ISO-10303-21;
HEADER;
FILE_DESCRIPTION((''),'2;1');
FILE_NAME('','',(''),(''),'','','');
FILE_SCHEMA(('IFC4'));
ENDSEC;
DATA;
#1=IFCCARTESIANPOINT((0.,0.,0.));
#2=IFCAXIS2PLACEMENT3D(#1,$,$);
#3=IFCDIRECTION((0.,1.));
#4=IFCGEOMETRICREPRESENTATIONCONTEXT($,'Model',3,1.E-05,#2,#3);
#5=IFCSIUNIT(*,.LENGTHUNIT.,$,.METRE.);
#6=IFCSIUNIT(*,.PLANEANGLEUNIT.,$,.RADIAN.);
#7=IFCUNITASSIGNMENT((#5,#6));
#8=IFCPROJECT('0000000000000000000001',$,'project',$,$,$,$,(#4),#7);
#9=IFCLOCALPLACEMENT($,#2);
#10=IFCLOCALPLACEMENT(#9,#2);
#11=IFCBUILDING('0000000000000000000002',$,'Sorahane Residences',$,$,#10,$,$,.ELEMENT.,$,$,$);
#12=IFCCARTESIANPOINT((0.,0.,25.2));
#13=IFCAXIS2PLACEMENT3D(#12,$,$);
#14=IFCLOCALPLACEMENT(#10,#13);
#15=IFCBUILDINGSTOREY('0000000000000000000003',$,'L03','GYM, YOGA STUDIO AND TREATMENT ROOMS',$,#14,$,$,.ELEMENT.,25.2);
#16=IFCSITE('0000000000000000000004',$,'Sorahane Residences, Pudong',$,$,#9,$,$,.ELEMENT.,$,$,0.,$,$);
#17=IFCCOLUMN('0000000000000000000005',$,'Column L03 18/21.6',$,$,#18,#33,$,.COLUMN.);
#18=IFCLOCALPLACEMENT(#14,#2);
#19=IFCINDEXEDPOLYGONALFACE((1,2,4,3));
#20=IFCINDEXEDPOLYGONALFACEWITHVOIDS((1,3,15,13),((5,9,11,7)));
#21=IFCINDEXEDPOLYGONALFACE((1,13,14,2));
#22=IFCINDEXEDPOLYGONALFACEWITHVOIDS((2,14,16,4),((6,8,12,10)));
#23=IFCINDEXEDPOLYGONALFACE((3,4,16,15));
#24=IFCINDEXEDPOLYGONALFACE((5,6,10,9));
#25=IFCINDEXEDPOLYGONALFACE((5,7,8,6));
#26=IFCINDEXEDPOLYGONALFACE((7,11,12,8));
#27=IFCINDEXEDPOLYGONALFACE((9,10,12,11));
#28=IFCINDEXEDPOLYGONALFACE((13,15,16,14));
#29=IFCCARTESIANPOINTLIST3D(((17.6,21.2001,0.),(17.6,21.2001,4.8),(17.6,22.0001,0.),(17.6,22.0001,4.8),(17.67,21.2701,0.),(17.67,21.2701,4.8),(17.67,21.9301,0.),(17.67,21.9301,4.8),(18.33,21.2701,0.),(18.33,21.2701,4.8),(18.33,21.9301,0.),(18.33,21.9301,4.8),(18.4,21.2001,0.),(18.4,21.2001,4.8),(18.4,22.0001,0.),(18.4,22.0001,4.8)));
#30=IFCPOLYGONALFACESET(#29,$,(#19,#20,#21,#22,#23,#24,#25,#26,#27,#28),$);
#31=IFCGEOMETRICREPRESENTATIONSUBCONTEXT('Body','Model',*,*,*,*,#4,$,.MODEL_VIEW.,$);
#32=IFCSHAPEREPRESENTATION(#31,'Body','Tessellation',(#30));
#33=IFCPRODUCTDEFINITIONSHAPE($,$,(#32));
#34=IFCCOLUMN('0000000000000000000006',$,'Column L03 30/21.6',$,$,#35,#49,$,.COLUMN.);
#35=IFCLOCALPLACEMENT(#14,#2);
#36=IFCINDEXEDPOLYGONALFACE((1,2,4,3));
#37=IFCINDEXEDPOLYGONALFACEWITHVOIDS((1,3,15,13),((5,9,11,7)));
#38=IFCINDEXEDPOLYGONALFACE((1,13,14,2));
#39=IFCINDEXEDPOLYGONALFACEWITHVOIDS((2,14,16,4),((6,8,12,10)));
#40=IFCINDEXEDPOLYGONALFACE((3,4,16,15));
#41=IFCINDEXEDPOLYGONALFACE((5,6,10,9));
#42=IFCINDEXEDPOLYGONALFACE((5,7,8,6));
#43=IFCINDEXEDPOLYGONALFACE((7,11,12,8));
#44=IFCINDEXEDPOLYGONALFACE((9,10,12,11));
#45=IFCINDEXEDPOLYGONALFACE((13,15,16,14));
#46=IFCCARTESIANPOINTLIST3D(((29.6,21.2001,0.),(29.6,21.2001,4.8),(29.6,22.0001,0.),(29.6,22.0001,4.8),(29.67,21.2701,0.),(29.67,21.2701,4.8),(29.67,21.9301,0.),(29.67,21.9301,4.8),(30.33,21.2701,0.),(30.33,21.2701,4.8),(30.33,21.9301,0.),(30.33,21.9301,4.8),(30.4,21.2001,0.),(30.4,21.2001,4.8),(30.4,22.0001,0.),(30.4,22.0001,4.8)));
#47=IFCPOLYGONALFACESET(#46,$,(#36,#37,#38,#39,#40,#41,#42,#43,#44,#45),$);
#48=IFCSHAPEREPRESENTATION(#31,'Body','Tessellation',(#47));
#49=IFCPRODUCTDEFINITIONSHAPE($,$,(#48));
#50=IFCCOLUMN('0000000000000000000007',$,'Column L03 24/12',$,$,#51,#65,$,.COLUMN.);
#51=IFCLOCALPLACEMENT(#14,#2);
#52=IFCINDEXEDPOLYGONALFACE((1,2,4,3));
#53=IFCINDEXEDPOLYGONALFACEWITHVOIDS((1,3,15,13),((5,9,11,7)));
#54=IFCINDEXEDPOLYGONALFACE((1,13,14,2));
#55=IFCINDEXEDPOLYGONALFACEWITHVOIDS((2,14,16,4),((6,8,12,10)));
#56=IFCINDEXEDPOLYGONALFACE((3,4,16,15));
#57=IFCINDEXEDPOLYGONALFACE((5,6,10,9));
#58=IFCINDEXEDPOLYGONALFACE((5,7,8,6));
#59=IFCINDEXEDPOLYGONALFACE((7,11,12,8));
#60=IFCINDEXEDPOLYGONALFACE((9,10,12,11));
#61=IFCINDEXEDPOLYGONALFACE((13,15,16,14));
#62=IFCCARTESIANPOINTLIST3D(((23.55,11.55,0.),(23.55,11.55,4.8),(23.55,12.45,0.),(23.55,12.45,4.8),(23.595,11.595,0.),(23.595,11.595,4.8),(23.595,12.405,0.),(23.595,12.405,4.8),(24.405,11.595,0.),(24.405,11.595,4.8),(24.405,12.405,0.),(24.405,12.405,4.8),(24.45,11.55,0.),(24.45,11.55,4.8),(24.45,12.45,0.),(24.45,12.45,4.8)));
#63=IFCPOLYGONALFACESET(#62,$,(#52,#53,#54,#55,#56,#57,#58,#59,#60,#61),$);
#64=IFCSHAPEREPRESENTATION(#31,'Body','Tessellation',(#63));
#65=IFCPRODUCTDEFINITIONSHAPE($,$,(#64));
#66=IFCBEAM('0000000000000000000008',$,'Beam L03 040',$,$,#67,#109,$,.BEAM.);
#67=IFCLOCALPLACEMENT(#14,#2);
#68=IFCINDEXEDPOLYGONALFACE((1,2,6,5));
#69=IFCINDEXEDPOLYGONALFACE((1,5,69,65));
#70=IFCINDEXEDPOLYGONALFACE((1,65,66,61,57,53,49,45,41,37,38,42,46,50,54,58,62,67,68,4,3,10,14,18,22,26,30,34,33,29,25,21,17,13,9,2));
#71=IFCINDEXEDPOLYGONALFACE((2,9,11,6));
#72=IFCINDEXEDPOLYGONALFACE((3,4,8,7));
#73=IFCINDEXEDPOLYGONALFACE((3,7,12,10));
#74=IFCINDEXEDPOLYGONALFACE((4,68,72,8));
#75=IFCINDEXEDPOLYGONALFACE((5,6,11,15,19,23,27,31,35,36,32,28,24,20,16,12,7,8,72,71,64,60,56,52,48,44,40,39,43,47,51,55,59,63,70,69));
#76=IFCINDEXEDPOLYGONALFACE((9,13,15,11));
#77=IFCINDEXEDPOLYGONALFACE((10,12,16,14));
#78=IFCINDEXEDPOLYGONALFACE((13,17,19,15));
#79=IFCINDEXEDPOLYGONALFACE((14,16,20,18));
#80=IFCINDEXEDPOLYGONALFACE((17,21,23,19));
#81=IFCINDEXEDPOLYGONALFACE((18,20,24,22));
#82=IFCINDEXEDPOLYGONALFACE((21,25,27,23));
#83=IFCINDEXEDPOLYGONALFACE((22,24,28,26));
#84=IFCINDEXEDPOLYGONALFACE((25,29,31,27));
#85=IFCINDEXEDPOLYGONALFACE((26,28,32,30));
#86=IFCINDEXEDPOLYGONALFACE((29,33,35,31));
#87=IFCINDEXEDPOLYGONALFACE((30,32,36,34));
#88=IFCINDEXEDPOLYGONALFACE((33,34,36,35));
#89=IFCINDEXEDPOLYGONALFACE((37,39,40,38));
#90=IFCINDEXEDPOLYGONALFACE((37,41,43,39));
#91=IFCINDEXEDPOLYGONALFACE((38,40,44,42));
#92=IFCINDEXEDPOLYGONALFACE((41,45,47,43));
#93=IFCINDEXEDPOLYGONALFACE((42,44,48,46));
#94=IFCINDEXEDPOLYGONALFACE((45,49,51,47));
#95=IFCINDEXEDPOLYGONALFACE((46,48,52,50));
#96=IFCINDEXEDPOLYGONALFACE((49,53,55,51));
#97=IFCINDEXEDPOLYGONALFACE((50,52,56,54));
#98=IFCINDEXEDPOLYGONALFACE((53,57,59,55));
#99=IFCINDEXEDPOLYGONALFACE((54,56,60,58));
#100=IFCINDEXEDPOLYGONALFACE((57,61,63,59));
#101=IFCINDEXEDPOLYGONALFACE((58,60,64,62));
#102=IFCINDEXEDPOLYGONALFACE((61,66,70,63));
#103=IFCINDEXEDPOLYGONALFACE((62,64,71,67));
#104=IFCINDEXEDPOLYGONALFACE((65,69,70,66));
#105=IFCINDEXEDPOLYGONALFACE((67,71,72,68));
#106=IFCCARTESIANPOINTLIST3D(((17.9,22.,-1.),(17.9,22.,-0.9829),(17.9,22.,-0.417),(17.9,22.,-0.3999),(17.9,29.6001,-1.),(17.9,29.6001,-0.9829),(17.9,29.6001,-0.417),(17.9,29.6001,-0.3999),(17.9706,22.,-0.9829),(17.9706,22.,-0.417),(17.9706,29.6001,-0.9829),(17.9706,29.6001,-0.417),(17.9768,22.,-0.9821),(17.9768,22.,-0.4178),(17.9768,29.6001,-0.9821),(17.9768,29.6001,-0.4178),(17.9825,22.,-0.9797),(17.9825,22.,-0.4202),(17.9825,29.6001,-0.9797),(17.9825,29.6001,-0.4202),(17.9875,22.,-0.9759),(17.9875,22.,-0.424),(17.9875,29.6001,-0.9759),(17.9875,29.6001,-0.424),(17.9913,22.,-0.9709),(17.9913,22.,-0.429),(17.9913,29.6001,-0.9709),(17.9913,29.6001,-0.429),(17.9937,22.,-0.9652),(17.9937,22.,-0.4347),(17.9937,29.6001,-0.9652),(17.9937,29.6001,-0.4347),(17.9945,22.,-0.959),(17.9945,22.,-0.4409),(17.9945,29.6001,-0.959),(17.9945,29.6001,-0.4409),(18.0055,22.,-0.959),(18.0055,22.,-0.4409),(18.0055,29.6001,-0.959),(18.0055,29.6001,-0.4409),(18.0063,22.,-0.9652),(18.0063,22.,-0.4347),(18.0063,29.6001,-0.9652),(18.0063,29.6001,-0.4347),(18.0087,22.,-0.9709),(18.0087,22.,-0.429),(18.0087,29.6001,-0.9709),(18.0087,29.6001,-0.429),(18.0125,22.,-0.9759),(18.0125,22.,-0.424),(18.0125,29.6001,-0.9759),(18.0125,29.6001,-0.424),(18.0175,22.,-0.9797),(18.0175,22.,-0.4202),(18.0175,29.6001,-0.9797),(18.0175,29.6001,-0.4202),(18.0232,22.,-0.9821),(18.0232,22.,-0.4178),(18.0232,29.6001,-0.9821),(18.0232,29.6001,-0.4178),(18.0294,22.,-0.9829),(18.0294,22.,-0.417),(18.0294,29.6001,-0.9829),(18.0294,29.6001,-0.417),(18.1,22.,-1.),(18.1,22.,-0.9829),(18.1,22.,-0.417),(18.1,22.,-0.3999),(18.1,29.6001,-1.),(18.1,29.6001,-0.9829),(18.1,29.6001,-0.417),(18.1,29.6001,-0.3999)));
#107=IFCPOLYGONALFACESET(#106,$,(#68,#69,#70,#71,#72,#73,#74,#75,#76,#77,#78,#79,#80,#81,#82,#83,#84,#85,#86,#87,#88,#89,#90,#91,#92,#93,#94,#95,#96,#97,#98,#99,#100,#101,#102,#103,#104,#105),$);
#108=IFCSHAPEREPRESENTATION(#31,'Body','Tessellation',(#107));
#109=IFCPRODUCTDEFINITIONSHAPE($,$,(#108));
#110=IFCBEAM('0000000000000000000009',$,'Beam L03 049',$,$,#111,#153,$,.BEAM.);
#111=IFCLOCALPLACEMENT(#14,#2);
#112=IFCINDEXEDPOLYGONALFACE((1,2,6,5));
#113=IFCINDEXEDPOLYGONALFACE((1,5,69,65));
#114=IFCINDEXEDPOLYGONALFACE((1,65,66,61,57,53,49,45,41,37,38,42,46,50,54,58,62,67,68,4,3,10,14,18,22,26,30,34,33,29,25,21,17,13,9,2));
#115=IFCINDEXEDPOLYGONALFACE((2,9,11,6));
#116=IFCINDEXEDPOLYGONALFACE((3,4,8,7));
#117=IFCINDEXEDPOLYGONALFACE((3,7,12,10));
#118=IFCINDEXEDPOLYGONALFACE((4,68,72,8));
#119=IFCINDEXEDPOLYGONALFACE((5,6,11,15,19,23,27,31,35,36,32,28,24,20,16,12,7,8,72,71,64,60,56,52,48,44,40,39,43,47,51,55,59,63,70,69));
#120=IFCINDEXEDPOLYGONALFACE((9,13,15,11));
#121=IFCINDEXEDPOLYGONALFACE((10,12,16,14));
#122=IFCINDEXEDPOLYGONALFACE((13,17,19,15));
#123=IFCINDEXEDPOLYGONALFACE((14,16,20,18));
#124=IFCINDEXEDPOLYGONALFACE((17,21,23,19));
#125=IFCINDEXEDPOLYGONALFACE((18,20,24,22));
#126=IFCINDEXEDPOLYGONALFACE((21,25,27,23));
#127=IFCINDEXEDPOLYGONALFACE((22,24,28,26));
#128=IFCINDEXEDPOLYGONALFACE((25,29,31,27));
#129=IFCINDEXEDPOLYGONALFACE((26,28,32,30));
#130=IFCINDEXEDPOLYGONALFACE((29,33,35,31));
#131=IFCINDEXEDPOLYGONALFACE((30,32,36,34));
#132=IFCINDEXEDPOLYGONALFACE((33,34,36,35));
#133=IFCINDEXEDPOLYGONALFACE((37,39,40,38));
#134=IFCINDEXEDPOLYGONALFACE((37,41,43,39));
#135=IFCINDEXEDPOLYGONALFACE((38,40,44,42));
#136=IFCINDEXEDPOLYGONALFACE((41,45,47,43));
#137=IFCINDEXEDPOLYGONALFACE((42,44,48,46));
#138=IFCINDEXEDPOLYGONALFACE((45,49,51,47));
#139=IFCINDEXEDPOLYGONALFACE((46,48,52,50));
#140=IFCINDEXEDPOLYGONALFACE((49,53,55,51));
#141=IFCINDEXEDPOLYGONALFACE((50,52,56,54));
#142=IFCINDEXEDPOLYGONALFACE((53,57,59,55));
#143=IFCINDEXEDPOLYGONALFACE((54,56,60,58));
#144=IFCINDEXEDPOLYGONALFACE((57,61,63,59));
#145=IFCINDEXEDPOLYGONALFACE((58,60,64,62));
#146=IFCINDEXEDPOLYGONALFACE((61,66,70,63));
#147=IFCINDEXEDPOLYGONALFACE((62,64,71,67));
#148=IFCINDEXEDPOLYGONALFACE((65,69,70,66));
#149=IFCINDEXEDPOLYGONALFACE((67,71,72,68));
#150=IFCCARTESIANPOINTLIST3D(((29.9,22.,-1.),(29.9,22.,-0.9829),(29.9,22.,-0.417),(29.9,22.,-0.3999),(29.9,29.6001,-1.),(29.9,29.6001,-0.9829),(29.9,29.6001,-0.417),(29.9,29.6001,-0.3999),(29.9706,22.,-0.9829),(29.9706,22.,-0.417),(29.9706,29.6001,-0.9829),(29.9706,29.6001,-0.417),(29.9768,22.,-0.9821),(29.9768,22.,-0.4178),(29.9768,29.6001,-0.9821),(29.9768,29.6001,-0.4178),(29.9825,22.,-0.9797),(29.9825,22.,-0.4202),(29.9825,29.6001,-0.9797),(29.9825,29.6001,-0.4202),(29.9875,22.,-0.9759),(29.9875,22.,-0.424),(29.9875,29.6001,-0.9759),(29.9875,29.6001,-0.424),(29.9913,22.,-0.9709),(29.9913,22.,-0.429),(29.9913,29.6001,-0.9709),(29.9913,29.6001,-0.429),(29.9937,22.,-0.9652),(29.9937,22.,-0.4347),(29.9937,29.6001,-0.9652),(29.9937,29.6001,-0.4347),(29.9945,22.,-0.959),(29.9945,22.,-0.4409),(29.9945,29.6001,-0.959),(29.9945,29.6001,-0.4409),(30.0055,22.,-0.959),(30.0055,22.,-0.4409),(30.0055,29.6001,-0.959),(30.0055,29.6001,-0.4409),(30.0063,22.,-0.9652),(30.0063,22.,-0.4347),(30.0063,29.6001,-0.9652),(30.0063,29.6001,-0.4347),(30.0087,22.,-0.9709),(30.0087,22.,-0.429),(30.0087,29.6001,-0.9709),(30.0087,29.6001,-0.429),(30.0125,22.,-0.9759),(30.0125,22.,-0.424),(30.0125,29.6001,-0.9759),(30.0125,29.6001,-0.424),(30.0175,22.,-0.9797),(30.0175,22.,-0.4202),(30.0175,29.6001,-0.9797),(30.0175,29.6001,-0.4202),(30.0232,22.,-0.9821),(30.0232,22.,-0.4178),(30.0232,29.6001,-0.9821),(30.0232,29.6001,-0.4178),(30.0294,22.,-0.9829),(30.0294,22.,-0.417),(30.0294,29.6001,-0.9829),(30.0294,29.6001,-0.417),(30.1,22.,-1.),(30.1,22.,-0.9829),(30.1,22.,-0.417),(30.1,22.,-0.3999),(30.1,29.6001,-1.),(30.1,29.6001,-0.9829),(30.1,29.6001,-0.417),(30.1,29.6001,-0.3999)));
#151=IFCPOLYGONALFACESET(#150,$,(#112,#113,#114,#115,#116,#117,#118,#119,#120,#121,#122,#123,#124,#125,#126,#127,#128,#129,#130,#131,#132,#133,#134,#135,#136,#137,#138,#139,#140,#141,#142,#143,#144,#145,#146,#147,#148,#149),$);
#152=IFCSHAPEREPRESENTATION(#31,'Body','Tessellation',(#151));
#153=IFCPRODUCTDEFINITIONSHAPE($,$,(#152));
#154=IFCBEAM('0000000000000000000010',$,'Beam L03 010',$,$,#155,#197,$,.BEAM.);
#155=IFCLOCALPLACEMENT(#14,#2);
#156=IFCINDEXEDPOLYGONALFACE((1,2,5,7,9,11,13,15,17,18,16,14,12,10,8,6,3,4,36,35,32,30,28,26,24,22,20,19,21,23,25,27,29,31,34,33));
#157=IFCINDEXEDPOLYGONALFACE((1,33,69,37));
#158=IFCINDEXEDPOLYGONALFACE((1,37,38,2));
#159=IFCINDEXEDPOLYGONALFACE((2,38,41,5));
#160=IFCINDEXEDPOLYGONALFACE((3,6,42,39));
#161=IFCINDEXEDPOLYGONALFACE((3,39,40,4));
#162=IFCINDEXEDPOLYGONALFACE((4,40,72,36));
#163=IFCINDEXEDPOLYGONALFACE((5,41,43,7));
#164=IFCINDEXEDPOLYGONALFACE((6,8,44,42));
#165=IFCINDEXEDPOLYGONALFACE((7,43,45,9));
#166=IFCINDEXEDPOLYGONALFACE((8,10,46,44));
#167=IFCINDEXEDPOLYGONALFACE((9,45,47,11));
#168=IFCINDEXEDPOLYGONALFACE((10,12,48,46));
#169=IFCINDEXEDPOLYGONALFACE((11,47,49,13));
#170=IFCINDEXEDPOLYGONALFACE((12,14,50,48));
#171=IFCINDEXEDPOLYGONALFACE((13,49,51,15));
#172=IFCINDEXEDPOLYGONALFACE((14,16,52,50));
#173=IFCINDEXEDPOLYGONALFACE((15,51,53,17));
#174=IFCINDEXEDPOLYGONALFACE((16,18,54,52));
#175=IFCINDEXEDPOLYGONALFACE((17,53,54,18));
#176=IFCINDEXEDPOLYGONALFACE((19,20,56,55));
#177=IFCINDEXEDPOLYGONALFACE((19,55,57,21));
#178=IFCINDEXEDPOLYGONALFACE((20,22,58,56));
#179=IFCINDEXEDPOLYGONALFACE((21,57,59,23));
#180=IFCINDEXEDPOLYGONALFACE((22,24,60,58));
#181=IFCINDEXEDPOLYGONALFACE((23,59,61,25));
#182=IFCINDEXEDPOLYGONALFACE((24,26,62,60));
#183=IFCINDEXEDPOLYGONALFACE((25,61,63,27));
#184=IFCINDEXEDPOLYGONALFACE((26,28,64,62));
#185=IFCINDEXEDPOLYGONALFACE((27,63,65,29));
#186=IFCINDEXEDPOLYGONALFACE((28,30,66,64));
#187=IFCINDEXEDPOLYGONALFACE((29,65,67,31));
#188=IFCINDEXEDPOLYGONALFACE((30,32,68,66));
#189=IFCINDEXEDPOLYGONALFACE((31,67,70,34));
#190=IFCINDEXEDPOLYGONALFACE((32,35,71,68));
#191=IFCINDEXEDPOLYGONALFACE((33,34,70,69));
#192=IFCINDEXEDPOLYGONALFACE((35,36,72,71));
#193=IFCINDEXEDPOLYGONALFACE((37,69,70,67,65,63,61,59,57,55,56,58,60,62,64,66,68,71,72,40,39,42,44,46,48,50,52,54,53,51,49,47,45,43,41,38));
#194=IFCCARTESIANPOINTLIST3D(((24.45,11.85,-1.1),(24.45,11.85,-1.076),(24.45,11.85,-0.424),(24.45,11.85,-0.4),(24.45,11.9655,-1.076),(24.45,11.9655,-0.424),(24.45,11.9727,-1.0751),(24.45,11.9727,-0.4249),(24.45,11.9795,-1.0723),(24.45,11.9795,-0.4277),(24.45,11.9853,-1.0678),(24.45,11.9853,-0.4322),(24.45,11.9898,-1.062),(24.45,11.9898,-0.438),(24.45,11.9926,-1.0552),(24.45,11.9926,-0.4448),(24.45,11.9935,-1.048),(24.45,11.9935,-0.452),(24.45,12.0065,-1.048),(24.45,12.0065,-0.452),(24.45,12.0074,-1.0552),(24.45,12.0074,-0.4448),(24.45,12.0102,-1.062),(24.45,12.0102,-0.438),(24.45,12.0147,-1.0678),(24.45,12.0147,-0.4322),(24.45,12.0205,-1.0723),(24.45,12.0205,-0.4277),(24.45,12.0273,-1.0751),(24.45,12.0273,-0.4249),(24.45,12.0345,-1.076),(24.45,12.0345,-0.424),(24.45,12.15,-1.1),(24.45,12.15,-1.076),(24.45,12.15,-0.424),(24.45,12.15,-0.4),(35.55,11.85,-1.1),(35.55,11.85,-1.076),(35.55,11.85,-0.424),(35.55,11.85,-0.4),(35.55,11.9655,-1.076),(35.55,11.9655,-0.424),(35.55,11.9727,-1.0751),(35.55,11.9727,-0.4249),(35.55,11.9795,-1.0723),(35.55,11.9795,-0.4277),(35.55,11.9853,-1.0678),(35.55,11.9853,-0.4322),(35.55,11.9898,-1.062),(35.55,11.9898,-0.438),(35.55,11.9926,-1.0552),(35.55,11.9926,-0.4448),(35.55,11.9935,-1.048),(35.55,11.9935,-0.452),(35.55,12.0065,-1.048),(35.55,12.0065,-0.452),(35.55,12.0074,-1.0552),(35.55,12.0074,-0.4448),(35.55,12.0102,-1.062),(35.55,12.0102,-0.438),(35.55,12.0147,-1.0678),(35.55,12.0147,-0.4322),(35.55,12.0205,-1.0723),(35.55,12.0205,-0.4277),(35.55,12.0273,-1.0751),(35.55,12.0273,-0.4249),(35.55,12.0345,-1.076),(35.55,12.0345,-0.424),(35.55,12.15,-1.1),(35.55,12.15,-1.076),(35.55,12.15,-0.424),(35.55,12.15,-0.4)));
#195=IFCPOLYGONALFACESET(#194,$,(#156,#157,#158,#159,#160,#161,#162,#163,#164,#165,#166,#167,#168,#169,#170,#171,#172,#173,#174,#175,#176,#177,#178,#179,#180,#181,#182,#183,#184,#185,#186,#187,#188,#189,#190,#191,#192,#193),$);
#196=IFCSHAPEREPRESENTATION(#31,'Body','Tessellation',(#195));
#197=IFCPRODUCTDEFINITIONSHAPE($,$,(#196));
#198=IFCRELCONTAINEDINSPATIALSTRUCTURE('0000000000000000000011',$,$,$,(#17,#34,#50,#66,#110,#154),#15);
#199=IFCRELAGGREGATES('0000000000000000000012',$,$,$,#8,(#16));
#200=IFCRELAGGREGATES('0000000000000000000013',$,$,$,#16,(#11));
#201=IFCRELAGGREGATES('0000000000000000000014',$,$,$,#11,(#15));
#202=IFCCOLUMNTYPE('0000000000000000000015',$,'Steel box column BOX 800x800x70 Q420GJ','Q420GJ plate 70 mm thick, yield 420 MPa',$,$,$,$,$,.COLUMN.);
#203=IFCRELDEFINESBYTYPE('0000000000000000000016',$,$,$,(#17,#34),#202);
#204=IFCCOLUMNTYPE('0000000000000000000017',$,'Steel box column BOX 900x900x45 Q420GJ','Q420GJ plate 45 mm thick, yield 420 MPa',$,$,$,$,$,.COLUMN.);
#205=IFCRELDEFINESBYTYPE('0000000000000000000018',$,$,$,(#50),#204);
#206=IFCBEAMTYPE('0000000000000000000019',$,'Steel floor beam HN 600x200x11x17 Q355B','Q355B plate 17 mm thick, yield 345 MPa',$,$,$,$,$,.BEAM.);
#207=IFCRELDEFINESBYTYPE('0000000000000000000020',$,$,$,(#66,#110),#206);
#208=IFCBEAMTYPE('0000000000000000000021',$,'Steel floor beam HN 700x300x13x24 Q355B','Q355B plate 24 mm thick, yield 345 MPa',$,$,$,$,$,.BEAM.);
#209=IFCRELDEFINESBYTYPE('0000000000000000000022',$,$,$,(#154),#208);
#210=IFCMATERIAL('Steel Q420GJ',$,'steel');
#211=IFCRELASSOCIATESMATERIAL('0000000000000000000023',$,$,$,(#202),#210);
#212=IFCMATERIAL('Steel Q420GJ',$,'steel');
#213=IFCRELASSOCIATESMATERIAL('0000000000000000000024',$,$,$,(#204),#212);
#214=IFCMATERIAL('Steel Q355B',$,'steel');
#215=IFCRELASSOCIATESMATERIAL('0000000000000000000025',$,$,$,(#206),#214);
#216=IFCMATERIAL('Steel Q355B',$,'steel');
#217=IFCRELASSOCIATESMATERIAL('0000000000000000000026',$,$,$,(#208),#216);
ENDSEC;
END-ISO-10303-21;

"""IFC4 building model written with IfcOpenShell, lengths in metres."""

from ifc_helpers import new_model, si_unit, direction, frame, origin, origin_2d, place, context, subcontext, project, spatial, hollow_rectangle, i_section, extrude, material, material_profile, profile_set, type_object, element, save


model = new_model("IFC4")

# Units and contexts
model_context = context("Model", 3, precision=1e-05, world=origin(), true_north=direction((0.0, 1.0)))
body_context = subcontext(model_context, "Body", "Model", "MODEL_VIEW")
ifc_project = project(units=[si_unit("LENGTHUNIT", "METRE"), si_unit("PLANEANGLEUNIT", "RADIAN")], contexts=[model_context])

# Site, building, storey
site_placement = place(None, origin())
site = spatial("IfcSite", under=ifc_project, at=site_placement, Name="Sorahane Residences, Pudong", CompositionType="ELEMENT", RefElevation=0.0)
building_placement = place(site_placement, origin())
building = spatial("IfcBuilding", under=site, at=building_placement, Name="Sorahane Residences", CompositionType="ELEMENT")
storey_placement = place(building_placement, frame((0.0, 0.0, 25.2)))
storey = spatial("IfcBuildingStorey", under=building, at=storey_placement, Name="L03", Description="GYM, YOGA STUDIO AND TREATMENT ROOMS", CompositionType="ELEMENT", Elevation=25.2)

# Columns
ifc_material_1 = material(Name="Steel Q420GJ", Category="steel")
ifc_material_profile_1 = material_profile(ifc_material_1, hollow_rectangle(XDim=0.8, YDim=0.8, WallThickness=0.0701, at=origin_2d()), Name="BOX 800x800x70")
ifc_profile_set_1 = profile_set([ifc_material_profile_1], Name="Steel Q420GJ")
column_type_1 = type_object("IfcColumnType", Name="Steel box column BOX 800x800x70 Q420GJ", Description="Q420GJ plate 70 mm thick, yield 420 MPa", PredefinedType="COLUMN", material=ifc_profile_set_1)
for number, where, z_axis, x_axis, name in (
    (1, (18.0, 21.6001, 0.0), (0.0, 0.0, 1.0), (1.0, 0.0, 0.0), "Column L03 18/21.6"),
    (2, (30.0, 21.6001, 0.0), (0.0, 0.0, 1.0), (1.0, 0.0, 0.0), "Column L03 30/21.6"),
):
    element("IfcColumn", number, at=place(storey_placement, frame(where, z_axis=z_axis, x_axis=x_axis)), inside=storey, type_object=column_type_1, Name=name, PredefinedType="COLUMN", context=body_context, shape_type="SweptSolid", body=[
        extrude(hollow_rectangle(XDim=0.8, YDim=0.8, WallThickness=0.0701, at=origin_2d()), origin(), (0.0, 0.0, 1.0), 4.8),
    ])
ifc_material_2 = material(Name="Steel Q420GJ", Category="steel")
ifc_material_profile_2 = material_profile(ifc_material_2, hollow_rectangle(XDim=0.8999, YDim=0.8999, WallThickness=0.0449, at=origin_2d()), Name="BOX 900x900x45")
ifc_profile_set_2 = profile_set([ifc_material_profile_2], Name="Steel Q420GJ")
column_type_2 = type_object("IfcColumnType", Name="Steel box column BOX 900x900x45 Q420GJ", Description="Q420GJ plate 45 mm thick, yield 420 MPa", PredefinedType="COLUMN", material=ifc_profile_set_2)
column_placement = place(storey_placement, frame((24.0, 12.0, 0.0), z_axis=(0.0, 0.0, 1.0), x_axis=(1.0, 0.0, 0.0)))
element("IfcColumn", 3, at=column_placement, inside=storey, type_object=column_type_2, Name="Column L03 24/12", PredefinedType="COLUMN", context=body_context, shape_type="SweptSolid", body=[
    extrude(hollow_rectangle(XDim=0.8999, YDim=0.8999, WallThickness=0.0449, at=origin_2d()), origin(), (0.0, 0.0, 1.0), 4.8),
])

# Beams
ifc_material_3 = material(Name="Steel Q355B", Category="steel")
ifc_material_profile_3 = material_profile(ifc_material_3, i_section(OverallWidth=0.2, OverallDepth=0.6001, WebThickness=0.011, FlangeThickness=0.0171, FilletRadius=0.0239, at=origin_2d()), Name="HN 600x200x11x17")
ifc_profile_set_3 = profile_set([ifc_material_profile_3], Name="Steel Q355B")
beam_type_1 = type_object("IfcBeamType", Name="Steel floor beam HN 600x200x11x17 Q355B", Description="Q355B plate 17 mm thick, yield 345 MPa", PredefinedType="BEAM", material=ifc_profile_set_3)
for number, where, z_axis, x_axis, name in (
    (4, (18.0, 22.0, -0.7), (0.0, 1.0, 0.0), (-1.0, 0.0, 0.0), "Beam L03 040"),
    (5, (30.0, 22.0, -0.7), (0.0, 1.0, 0.0), (-1.0, 0.0, 0.0), "Beam L03 049"),
):
    element("IfcBeam", number, at=place(storey_placement, frame(where, z_axis=z_axis, x_axis=x_axis)), inside=storey, type_object=beam_type_1, Name=name, PredefinedType="BEAM", context=body_context, shape_type="SweptSolid", body=[
        extrude(i_section(OverallWidth=0.2, OverallDepth=0.6001, WebThickness=0.011, FlangeThickness=0.0171, FilletRadius=0.0239, at=origin_2d()), origin(), (0.0, 0.0, 1.0), 7.6001),
    ])
ifc_material_4 = material(Name="Steel Q355B", Category="steel")
ifc_material_profile_4 = material_profile(ifc_material_4, i_section(OverallWidth=0.3, OverallDepth=0.7, WebThickness=0.0129, FlangeThickness=0.0239, FilletRadius=0.0281, at=origin_2d()), Name="HN 700x300x13x24")
ifc_profile_set_4 = profile_set([ifc_material_profile_4], Name="Steel Q355B")
beam_type_2 = type_object("IfcBeamType", Name="Steel floor beam HN 700x300x13x24 Q355B", Description="Q355B plate 24 mm thick, yield 345 MPa", PredefinedType="BEAM", material=ifc_profile_set_4)
beam_placement = place(storey_placement, frame((24.45, 12.0, -0.75), z_axis=(1.0, 0.0, 0.0), x_axis=(0.0, 1.0, 0.0)))
element("IfcBeam", 6, at=beam_placement, inside=storey, type_object=beam_type_2, Name="Beam L03 010", PredefinedType="BEAM", context=body_context, shape_type="SweptSolid", body=[
    extrude(i_section(OverallWidth=0.3, OverallDepth=0.7, WebThickness=0.0129, FlangeThickness=0.0239, FilletRadius=0.0281, at=origin_2d()), origin(), (0.0, 0.0, 1.0), 11.1001),
])

save(model, "model.ifc")
